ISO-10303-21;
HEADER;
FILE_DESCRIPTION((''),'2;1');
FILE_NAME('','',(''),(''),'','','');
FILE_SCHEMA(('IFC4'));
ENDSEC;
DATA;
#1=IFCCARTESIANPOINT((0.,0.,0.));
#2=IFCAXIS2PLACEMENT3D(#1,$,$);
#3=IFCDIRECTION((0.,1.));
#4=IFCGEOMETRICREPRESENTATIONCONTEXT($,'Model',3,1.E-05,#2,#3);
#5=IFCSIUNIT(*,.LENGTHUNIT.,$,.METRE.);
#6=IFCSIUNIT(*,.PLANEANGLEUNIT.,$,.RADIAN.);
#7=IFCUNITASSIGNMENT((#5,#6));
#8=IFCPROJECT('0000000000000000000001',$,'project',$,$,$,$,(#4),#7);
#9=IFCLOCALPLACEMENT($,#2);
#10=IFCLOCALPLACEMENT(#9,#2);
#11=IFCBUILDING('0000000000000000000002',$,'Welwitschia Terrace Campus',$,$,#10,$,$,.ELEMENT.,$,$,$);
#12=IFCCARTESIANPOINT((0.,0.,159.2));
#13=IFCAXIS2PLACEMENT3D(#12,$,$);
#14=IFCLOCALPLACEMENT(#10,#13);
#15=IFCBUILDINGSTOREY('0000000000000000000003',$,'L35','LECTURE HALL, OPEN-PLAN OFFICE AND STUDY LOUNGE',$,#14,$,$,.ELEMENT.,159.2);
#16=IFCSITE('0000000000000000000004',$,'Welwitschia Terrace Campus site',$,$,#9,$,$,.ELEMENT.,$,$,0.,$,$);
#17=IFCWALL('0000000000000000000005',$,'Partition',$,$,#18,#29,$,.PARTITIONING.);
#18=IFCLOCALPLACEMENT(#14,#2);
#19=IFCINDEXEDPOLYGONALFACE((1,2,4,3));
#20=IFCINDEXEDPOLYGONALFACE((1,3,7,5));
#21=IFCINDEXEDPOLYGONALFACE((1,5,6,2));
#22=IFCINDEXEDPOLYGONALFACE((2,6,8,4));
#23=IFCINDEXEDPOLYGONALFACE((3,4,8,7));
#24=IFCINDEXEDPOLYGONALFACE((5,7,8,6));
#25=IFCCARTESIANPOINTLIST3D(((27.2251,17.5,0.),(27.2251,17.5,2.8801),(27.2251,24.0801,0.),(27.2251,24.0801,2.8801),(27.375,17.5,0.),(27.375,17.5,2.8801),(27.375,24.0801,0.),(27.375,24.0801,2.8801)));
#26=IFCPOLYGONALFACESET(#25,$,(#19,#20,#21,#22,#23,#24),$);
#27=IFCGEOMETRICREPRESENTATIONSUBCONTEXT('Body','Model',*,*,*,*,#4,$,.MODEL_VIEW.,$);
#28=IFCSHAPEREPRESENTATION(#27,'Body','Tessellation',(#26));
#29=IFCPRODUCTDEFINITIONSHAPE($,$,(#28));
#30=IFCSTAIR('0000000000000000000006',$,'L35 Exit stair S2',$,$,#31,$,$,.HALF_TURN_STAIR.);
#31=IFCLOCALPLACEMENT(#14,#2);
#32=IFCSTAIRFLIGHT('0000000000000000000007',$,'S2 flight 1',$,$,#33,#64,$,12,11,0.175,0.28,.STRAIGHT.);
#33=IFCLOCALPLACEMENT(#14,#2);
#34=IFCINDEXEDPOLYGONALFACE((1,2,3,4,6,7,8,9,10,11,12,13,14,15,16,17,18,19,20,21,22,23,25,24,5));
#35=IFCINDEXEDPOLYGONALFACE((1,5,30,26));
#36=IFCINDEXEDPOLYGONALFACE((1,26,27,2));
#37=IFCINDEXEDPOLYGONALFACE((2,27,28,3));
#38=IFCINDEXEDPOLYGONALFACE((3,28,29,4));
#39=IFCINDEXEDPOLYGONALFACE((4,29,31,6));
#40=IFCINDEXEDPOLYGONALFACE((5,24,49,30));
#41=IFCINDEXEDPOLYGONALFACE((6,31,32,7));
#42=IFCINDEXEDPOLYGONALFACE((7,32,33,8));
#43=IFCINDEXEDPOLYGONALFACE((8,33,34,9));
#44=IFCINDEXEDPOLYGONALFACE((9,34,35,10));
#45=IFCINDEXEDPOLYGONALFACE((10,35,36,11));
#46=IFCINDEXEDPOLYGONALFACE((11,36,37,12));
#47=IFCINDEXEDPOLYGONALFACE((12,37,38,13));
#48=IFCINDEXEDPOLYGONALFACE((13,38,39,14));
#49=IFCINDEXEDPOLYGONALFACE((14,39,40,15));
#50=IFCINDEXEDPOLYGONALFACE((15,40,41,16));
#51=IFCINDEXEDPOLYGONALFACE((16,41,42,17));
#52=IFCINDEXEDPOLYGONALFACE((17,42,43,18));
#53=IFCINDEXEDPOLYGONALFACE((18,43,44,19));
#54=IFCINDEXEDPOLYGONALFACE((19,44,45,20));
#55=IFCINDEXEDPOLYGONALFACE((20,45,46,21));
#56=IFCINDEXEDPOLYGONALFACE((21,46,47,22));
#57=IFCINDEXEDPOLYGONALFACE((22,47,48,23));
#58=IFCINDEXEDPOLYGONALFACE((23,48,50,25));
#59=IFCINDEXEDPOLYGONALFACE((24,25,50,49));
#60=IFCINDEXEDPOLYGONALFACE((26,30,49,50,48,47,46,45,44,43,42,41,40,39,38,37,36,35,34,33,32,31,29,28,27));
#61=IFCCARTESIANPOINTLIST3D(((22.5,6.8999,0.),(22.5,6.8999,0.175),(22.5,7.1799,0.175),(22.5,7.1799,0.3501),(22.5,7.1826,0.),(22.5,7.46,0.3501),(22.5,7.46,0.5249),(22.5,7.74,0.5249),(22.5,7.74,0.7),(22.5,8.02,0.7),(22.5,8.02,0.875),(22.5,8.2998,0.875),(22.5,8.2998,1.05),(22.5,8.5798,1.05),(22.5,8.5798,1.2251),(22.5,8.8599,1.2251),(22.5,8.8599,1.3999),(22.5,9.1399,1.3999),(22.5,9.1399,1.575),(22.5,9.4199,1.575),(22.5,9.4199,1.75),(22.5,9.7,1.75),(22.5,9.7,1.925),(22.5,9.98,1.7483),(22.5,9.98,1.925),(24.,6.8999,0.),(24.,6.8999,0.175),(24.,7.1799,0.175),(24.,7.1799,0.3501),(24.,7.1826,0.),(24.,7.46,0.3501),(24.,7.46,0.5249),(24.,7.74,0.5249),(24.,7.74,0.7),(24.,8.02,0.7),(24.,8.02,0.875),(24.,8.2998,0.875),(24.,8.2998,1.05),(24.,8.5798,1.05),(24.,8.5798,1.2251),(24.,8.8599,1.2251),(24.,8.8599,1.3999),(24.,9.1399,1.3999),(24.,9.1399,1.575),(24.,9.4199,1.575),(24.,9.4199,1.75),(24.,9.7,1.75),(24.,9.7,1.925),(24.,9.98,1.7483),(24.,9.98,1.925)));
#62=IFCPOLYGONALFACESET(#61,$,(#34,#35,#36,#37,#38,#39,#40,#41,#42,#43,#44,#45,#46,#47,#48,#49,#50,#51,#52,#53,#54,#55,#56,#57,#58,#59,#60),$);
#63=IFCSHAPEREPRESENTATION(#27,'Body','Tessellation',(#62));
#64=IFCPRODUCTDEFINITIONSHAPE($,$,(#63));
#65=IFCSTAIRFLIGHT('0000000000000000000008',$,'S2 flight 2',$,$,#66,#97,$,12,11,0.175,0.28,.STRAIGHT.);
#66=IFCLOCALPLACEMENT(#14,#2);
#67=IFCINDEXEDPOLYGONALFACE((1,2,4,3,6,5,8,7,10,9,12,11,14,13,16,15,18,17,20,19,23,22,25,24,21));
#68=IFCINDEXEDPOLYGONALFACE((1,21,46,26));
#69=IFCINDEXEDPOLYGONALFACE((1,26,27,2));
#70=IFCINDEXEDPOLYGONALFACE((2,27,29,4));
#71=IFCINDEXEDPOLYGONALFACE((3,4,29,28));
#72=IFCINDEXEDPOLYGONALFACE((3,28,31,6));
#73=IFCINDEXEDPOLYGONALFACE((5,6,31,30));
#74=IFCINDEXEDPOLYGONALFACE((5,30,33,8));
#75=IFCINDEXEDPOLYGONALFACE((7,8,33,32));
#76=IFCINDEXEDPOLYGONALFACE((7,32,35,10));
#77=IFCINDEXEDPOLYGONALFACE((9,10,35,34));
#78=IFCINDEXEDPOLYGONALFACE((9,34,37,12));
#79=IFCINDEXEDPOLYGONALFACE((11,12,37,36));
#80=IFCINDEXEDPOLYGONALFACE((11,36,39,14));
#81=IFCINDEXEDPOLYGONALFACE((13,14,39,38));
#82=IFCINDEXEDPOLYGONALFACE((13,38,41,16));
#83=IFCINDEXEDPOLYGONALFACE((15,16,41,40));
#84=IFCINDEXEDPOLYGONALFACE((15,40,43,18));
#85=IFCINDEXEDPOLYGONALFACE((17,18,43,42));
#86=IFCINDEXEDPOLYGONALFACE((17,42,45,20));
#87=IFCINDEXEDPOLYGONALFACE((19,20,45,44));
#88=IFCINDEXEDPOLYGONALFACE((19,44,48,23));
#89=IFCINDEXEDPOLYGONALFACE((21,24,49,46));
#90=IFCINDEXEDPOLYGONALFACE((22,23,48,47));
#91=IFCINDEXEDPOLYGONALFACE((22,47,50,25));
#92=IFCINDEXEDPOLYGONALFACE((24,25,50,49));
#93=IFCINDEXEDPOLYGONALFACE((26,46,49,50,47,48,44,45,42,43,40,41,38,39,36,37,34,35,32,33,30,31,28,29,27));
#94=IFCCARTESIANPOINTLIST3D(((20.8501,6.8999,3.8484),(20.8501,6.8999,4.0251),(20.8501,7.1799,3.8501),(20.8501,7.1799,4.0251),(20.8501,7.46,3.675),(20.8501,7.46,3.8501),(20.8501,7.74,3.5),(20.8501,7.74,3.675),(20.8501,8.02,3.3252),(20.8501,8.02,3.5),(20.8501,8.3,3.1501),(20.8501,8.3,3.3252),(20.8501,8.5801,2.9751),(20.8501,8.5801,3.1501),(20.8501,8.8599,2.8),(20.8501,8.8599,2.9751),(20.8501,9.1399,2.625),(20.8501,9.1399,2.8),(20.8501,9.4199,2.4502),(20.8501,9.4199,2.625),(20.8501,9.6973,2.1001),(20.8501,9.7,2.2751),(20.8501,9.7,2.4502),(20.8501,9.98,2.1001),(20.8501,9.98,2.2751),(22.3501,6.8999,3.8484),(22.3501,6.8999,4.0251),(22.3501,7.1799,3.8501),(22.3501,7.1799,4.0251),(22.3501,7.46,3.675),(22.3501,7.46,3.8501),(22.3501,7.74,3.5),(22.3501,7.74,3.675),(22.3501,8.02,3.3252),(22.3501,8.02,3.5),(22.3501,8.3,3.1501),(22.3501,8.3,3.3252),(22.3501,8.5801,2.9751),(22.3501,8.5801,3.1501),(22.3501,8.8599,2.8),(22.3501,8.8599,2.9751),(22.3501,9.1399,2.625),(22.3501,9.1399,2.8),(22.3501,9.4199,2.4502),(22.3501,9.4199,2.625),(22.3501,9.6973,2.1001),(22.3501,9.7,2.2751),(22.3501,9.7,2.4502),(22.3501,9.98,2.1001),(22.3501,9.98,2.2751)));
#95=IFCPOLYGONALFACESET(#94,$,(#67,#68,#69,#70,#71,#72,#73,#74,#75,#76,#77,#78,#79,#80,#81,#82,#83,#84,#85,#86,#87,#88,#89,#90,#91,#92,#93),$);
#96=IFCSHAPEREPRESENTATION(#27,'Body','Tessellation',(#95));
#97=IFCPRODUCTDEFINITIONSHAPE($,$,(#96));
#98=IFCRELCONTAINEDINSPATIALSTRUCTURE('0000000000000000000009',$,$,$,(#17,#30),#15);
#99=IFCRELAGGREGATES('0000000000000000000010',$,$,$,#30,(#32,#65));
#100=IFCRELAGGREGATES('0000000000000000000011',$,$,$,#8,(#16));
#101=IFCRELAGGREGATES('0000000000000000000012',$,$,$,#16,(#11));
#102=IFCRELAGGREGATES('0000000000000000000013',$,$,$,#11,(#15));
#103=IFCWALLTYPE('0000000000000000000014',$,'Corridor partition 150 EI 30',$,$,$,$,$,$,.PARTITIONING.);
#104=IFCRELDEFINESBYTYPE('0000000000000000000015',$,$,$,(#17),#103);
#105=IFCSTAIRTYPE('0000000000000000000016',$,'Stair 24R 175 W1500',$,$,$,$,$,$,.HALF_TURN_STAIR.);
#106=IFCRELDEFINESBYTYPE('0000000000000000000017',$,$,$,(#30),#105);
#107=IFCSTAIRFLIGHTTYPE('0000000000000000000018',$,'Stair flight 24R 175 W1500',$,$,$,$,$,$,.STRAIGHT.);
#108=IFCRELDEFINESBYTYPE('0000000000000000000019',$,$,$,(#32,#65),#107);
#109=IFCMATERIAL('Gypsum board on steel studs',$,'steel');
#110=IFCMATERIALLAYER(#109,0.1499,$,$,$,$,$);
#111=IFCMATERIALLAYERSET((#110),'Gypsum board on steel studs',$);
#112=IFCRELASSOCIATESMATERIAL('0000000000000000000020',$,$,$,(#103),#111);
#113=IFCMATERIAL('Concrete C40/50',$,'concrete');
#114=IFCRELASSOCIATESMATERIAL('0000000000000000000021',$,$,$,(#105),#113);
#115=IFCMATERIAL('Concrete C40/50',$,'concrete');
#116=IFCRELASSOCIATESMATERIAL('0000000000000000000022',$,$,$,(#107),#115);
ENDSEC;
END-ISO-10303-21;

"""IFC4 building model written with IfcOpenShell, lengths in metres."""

from ifc_helpers import new_model, si_unit, direction, frame, frame_2d, origin, place, context, subcontext, project, spatial, polyline, rectangle, outline, extrude, material, layer, layer_set, type_object, element, aggregate, save


model = new_model("IFC4")

# Units and contexts
model_context = context("Model", 3, precision=1e-05, world=origin(), true_north=direction((0.0, 1.0)))
body_context = subcontext(model_context, "Body", "Model", "MODEL_VIEW")
ifc_project = project(units=[si_unit("LENGTHUNIT", "METRE"), si_unit("PLANEANGLEUNIT", "RADIAN")], contexts=[model_context])

# Site, building, storey
site_placement = place(None, origin())
site = spatial("IfcSite", under=ifc_project, at=site_placement, Name="Welwitschia Terrace Campus site", CompositionType="ELEMENT", RefElevation=0.0)
building_placement = place(site_placement, origin())
building = spatial("IfcBuilding", under=site, at=building_placement, Name="Welwitschia Terrace Campus", CompositionType="ELEMENT")
storey_placement = place(building_placement, frame((0.0, 0.0, 159.2)))
storey = spatial("IfcBuildingStorey", under=building, at=storey_placement, Name="L35", Description="LECTURE HALL, OPEN-PLAN OFFICE AND STUDY LOUNGE", CompositionType="ELEMENT", Elevation=159.2)

# Shared definitions
ifc_material_1 = material(Name="Gypsum board on steel studs", Category="steel")
ifc_layer_1 = layer(ifc_material_1, 0.1499)
ifc_layer_set_1 = layer_set([ifc_layer_1], Name="Gypsum board on steel studs")
wall_type_1 = type_object("IfcWallType", Name="Corridor partition 150 EI 30", PredefinedType="PARTITIONING", material=ifc_layer_set_1)

# Wall
wall_1_placement = place(storey_placement, frame((27.3, 17.5, 0.0), z_axis=(0.0, 0.0, 1.0), x_axis=(0.0, 1.0, 0.0)))
element("IfcWall", 1, at=wall_1_placement, inside=storey, type_object=wall_type_1, Name="Partition", PredefinedType="PARTITIONING", context=body_context, shape_type="SweptSolid", body=[
    extrude(rectangle(XDim=6.5801, YDim=0.1499, at=frame_2d((3.29, 0.0))), origin(), (0.0, 0.0, 1.0), 2.8801),
])

# Stair, stair flights
ifc_material_2 = material(Name="Concrete C40/50", Category="concrete")
stair_type = type_object("IfcStairType", Name="Stair 24R 175 W1500", PredefinedType="HALF_TURN_STAIR", material=ifc_material_2)
stair_placement = place(storey_placement, origin())
stair = element("IfcStair", 2, at=stair_placement, inside=storey, type_object=stair_type, Name="L35 Exit stair S2", PredefinedType="HALF_TURN_STAIR")
ifc_material_3 = material(Name="Concrete C40/50", Category="concrete")
stair_flight_type = type_object("IfcStairFlightType", Name="Stair flight 24R 175 W1500", PredefinedType="STRAIGHT", material=ifc_material_3)
stair_flight_1_placement = place(storey_placement, frame((23.25, 6.8999, 0.0), z_axis=(0.0, 0.0, 1.0), x_axis=(0.0, 1.0, 0.0)))
stair_flight_1 = element("IfcStairFlight", 3, at=stair_flight_1_placement, type_object=stair_flight_type, Name="S2 flight 1", NumberOfRisers=12, NumberOfTreads=11, PredefinedType="STRAIGHT", RiserHeight=0.175, TreadLength=0.28, context=body_context, shape_type="SweptSolid", body=[
    extrude(outline(polyline([(0.0, 0.0), (0.0, 0.175), (0.28, 0.175), (0.28, 0.3501), (0.5601, 0.3501), (0.5601, 0.5249), (0.8401, 0.5249), (0.8401, 0.7), (1.1201, 0.7), (1.1201, 0.875), (1.3999, 0.875), (1.3999, 1.05), (1.6799, 1.05), (1.6799, 1.2251), (1.96, 1.2251), (1.96, 1.3999), (2.24, 1.3999), (2.24, 1.575), (2.52, 1.575), (2.52, 1.75), (2.8, 1.75), (2.8, 1.925), (3.0801, 1.925), (3.0801, 2.1001), (3.0801, 1.7483), (0.2827, 0.0), (0.0, 0.0)])), frame((0.0, 0.75, 0.0), z_axis=(0.0, -1.0, 0.0), x_axis=(1.0, 0.0, 0.0)), (0.0, 0.0, 1.0), 1.5),
])
stair_flight_2_placement = place(storey_placement, frame((21.6001, 9.98, 2.1001), z_axis=(0.0, 0.0, 1.0), x_axis=(0.0, -1.0, 0.0)))
stair_flight_2 = element("IfcStairFlight", 4, at=stair_flight_2_placement, type_object=stair_flight_type, Name="S2 flight 2", NumberOfRisers=12, NumberOfTreads=11, PredefinedType="STRAIGHT", RiserHeight=0.175, TreadLength=0.28, context=body_context, shape_type="SweptSolid", body=[
    extrude(outline(polyline([(0.0, 0.0), (0.0, 0.175), (0.28, 0.175), (0.28, 0.3501), (0.5601, 0.3501), (0.5601, 0.5249), (0.8401, 0.5249), (0.8401, 0.7), (1.1201, 0.7), (1.1201, 0.875), (1.3999, 0.875), (1.3999, 1.05), (1.6799, 1.05), (1.6799, 1.2251), (1.96, 1.2251), (1.96, 1.3999), (2.24, 1.3999), (2.24, 1.575), (2.52, 1.575), (2.52, 1.75), (2.8, 1.75), (2.8, 1.925), (3.0801, 1.925), (3.0801, 2.1001), (3.0801, 1.7483), (0.2827, 0.0), (0.0, 0.0)])), frame((0.0, 0.75, 0.0), z_axis=(0.0, -1.0, 0.0), x_axis=(1.0, 0.0, 0.0)), (0.0, 0.0, 1.0), 1.5),
])
aggregate(stair, [stair_flight_1, stair_flight_2])

save(model, "model.ifc")
